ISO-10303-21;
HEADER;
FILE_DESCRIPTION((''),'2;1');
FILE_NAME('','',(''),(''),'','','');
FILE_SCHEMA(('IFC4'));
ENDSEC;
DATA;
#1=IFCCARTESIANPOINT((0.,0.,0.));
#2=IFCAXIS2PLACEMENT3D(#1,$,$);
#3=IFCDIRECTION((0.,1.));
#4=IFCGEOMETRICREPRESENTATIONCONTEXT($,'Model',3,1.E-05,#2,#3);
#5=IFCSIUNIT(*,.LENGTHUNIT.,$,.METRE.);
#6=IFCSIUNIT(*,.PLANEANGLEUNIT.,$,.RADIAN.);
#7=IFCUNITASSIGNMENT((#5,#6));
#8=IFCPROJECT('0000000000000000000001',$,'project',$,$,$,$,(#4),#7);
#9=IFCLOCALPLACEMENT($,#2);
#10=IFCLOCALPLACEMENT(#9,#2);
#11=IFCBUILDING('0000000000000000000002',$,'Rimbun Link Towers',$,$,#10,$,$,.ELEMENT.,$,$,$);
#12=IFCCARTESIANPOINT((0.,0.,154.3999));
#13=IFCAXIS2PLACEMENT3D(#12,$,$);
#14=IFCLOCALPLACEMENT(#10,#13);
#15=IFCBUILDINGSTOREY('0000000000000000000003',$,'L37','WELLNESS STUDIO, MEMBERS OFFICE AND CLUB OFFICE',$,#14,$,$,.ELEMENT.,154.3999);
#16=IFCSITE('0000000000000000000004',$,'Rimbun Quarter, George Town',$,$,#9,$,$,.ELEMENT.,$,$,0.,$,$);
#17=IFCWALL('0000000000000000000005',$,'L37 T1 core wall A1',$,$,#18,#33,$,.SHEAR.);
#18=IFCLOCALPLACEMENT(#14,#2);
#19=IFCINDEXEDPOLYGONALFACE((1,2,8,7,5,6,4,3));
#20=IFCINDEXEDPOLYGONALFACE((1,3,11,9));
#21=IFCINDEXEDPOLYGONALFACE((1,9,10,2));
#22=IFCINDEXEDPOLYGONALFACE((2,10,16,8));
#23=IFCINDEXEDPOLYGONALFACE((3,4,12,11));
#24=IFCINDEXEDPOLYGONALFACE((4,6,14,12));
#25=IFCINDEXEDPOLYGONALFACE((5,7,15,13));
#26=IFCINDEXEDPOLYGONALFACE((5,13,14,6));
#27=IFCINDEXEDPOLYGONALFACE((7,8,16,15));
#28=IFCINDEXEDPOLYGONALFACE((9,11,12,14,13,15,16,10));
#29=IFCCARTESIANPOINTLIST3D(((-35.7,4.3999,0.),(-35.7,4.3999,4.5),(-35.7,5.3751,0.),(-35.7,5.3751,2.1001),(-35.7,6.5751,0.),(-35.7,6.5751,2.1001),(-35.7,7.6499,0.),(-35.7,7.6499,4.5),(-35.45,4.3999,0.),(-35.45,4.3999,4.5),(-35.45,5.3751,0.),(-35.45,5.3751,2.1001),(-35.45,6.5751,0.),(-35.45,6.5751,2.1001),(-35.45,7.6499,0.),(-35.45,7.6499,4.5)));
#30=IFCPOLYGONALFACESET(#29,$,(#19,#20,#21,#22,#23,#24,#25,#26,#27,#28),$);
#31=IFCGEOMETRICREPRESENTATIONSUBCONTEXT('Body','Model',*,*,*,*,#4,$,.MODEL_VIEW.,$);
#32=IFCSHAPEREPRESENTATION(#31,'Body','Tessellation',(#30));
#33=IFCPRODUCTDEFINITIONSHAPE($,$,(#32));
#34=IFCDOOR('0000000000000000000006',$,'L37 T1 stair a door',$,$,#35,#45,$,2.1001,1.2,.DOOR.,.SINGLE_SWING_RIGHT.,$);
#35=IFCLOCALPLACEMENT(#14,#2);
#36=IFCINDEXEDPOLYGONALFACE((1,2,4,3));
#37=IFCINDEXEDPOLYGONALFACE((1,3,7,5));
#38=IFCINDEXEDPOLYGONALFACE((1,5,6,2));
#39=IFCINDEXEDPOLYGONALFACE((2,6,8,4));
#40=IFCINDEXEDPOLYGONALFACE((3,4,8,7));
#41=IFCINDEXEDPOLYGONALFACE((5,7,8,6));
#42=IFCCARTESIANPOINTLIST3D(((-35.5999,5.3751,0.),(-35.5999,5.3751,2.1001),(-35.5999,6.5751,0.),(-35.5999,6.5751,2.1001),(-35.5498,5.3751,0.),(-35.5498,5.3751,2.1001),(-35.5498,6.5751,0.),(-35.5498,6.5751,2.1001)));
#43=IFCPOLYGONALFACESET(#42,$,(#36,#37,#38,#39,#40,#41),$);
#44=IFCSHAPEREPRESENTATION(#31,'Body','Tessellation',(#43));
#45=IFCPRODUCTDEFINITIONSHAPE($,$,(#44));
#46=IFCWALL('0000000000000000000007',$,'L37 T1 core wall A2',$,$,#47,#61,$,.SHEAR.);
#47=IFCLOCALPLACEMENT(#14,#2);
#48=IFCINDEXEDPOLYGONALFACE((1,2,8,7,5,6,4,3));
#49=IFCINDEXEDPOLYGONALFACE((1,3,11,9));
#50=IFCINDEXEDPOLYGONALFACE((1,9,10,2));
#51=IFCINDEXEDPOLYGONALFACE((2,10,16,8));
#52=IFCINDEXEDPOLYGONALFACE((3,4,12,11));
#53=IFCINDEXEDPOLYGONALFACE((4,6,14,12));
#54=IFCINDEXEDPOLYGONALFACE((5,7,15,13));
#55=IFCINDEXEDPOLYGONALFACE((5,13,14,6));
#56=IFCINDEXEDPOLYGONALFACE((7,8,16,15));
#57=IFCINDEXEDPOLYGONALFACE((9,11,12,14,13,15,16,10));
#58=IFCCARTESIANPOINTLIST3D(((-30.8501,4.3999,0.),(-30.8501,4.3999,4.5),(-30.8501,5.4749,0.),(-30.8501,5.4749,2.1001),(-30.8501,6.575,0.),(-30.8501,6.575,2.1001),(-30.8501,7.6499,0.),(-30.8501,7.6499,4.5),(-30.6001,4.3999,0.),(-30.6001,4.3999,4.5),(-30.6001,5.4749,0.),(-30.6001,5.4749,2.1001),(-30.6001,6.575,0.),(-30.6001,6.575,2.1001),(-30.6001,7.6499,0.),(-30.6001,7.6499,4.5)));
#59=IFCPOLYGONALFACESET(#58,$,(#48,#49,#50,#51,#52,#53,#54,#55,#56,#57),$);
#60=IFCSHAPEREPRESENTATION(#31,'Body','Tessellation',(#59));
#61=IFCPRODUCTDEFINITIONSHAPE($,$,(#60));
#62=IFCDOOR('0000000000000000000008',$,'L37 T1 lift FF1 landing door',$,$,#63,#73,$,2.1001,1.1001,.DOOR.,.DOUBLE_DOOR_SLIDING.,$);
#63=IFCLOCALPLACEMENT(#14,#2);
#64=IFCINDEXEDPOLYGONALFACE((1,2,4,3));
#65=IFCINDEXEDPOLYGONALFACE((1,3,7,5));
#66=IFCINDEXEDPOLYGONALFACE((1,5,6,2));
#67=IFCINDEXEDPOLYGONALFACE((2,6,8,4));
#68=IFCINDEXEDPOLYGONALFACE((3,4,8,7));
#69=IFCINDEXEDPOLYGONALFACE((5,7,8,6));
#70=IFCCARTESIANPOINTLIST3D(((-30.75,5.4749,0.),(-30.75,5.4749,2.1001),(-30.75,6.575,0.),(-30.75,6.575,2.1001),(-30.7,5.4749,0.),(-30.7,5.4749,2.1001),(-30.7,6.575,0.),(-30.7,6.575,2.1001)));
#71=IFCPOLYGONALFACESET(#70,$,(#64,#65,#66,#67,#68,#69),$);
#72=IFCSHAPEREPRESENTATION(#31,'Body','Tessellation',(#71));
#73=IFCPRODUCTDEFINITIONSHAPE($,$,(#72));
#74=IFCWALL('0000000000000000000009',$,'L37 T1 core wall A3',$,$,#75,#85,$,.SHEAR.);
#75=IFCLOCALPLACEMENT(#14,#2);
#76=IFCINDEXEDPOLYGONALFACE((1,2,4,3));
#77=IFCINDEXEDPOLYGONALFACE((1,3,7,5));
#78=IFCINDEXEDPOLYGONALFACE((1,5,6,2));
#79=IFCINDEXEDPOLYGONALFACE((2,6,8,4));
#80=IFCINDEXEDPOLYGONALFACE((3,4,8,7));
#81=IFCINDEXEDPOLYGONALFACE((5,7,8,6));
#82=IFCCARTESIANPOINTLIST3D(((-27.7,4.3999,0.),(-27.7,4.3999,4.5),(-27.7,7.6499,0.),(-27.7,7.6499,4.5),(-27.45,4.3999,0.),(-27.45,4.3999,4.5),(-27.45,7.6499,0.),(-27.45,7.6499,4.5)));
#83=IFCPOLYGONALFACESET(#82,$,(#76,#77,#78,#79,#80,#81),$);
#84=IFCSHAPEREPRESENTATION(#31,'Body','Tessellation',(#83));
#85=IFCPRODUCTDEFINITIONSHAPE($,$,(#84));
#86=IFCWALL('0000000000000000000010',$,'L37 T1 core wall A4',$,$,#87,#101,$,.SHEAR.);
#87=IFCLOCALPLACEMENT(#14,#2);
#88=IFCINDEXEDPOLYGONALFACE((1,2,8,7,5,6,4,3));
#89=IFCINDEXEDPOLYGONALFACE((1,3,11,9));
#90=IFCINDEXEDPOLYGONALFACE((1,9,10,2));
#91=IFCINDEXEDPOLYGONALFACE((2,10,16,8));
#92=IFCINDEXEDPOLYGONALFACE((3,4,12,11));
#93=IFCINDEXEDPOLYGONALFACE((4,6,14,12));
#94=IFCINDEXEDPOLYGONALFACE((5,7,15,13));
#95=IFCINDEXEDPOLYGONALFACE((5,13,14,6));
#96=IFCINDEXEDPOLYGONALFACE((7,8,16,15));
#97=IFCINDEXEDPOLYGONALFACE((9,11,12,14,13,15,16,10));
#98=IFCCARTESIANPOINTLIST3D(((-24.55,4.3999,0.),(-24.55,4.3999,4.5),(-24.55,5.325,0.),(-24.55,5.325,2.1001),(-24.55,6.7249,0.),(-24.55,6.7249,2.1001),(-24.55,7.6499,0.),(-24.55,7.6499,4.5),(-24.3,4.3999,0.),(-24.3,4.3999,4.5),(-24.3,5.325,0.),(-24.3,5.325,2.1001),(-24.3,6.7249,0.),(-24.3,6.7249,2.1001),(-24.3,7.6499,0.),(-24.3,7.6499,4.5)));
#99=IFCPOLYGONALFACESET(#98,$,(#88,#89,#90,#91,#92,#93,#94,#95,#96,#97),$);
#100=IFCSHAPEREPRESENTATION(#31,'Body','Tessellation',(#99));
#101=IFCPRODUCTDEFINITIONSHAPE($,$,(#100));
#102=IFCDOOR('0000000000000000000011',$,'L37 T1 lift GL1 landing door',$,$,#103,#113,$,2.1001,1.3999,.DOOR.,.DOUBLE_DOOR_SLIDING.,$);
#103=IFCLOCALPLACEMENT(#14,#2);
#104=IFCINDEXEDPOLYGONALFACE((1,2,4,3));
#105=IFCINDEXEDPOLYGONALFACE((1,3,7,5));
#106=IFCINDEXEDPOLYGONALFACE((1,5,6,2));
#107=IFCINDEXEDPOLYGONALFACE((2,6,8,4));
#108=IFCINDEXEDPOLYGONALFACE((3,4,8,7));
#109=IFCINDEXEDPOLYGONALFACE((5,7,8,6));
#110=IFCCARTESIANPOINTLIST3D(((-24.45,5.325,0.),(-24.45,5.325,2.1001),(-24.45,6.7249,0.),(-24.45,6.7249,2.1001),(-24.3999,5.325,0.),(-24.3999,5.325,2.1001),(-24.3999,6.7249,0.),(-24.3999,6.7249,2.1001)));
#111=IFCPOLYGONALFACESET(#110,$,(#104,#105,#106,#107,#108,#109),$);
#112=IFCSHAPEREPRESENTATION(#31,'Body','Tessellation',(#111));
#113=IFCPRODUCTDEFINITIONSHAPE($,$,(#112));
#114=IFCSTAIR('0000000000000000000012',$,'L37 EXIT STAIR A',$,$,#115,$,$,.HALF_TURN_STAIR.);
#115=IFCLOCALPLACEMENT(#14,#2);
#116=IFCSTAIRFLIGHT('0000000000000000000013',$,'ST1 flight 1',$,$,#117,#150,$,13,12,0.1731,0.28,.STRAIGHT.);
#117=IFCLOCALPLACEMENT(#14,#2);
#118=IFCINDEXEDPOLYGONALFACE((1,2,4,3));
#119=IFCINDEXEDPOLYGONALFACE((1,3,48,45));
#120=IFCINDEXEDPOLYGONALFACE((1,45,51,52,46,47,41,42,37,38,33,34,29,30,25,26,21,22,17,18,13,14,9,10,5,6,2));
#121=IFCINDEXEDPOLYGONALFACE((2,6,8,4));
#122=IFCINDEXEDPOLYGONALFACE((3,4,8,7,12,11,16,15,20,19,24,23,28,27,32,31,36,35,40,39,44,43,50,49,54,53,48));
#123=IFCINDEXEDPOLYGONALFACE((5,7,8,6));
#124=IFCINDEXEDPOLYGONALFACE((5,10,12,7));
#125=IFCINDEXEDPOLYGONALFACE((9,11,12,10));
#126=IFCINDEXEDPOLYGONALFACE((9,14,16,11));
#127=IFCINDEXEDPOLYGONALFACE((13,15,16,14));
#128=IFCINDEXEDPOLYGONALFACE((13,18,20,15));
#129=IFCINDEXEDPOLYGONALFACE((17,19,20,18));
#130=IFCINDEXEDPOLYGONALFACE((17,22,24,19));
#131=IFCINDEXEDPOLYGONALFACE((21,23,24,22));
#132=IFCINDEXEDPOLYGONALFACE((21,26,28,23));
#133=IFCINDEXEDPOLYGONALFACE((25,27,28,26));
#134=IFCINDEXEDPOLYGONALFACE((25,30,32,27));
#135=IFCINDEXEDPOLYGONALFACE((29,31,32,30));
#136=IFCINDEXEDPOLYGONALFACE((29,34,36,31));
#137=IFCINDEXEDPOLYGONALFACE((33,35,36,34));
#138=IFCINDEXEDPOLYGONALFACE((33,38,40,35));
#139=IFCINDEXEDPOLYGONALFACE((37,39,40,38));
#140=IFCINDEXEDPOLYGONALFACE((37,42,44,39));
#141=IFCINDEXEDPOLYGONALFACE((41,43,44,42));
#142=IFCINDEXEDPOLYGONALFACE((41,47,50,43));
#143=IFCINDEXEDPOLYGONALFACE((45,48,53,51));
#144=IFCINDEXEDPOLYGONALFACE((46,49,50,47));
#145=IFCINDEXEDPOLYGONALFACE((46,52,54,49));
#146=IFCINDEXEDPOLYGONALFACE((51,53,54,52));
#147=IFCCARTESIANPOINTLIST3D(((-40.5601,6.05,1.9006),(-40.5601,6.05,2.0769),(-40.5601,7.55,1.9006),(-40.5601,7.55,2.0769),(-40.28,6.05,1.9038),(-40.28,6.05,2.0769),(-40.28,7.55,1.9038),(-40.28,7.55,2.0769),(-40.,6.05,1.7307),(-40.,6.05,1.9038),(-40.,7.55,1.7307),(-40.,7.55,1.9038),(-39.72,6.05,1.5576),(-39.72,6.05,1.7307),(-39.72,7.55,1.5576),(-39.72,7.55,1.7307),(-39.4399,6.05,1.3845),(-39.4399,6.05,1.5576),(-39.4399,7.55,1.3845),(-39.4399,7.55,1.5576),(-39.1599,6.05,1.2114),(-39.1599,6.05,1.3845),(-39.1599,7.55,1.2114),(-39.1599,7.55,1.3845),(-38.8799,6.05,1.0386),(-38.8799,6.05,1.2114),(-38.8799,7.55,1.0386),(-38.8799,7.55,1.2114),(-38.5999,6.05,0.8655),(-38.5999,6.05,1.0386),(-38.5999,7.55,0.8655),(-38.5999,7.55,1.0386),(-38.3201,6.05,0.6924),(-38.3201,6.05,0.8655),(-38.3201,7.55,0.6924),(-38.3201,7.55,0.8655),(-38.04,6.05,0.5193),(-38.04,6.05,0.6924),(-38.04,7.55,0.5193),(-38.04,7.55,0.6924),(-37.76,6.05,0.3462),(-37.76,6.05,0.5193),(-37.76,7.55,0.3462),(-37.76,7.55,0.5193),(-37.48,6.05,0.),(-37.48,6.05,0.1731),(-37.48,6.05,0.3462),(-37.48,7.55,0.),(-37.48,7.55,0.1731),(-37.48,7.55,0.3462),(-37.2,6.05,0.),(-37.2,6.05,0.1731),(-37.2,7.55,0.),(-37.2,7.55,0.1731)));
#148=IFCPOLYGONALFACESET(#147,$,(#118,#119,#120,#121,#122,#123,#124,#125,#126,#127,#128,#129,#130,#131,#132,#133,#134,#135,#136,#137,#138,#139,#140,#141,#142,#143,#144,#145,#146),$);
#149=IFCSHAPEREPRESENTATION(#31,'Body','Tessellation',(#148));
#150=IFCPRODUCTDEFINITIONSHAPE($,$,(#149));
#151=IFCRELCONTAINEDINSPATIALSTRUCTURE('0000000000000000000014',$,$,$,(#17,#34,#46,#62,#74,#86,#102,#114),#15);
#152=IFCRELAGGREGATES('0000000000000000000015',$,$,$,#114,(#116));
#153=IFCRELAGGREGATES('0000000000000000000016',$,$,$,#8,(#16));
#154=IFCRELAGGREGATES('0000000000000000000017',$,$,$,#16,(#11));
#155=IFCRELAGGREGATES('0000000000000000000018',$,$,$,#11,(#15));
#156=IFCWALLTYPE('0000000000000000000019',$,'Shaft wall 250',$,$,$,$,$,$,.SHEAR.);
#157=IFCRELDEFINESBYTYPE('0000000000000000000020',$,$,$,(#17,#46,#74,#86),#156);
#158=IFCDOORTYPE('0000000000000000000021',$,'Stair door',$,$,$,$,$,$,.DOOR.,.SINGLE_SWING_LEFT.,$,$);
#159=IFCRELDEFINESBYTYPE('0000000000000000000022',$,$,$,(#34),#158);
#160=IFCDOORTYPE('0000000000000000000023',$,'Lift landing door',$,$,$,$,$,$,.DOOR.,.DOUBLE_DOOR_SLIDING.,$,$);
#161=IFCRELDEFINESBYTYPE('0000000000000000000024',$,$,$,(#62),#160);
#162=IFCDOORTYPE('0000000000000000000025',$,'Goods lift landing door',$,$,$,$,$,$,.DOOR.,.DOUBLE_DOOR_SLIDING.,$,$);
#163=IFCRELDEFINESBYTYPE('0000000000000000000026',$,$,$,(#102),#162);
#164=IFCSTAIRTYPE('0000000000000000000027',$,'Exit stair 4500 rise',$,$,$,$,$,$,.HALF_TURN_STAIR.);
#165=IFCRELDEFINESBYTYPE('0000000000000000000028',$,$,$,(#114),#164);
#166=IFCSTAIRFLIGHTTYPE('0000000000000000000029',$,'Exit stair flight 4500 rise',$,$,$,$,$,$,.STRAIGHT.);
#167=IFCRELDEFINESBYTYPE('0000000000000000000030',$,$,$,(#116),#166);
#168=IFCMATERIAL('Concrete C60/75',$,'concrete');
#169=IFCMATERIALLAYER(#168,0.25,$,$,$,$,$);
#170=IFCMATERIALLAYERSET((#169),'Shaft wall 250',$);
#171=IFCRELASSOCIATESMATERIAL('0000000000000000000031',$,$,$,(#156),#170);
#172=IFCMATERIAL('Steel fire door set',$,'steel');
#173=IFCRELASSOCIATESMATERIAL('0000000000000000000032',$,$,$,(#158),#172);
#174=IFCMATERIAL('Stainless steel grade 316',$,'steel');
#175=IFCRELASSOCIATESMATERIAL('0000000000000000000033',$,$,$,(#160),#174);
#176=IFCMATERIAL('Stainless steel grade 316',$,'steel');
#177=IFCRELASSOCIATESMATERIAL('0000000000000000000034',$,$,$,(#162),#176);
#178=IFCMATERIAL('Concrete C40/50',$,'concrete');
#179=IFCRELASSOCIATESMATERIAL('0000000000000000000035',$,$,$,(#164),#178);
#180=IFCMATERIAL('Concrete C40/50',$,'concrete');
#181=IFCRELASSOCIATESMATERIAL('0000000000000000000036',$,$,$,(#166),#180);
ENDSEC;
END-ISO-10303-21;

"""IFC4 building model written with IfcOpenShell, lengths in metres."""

from ifc_helpers import new_model, si_unit, direction, frame, frame_2d, origin, place, context, subcontext, project, spatial, polyline, rectangle, outline, extrude, material, layer, layer_set, type_object, element, fill, aggregate, save


model = new_model("IFC4")

# Units and contexts
model_context = context("Model", 3, precision=1e-05, world=origin(), true_north=direction((0.0, 1.0)))
body_context = subcontext(model_context, "Body", "Model", "MODEL_VIEW")
ifc_project = project(units=[si_unit("LENGTHUNIT", "METRE"), si_unit("PLANEANGLEUNIT", "RADIAN")], contexts=[model_context])

# Site, building, storey
site_placement = place(None, origin())
site = spatial("IfcSite", under=ifc_project, at=site_placement, Name="Rimbun Quarter, George Town", CompositionType="ELEMENT", RefElevation=0.0)
building_placement = place(site_placement, origin())
building = spatial("IfcBuilding", under=site, at=building_placement, Name="Rimbun Link Towers", CompositionType="ELEMENT")
storey_placement = place(building_placement, frame((0.0, 0.0, 154.3999)))
storey = spatial("IfcBuildingStorey", under=building, at=storey_placement, Name="L37", Description="WELLNESS STUDIO, MEMBERS OFFICE AND CLUB OFFICE", CompositionType="ELEMENT", Elevation=154.3999)

# Shared definitions
ifc_material_1 = material(Name="Concrete C60/75", Category="concrete")
ifc_layer = layer(ifc_material_1, 0.25)
ifc_layer_set = layer_set([ifc_layer], Name="Shaft wall 250")
wall_type = type_object("IfcWallType", Name="Shaft wall 250", PredefinedType="SHEAR", material=ifc_layer_set)

# Walls, openings, doors
wall_1_placement = place(storey_placement, frame((-35.575, 4.3999, 0.0), z_axis=(0.0, 0.0, 1.0), x_axis=(0.0, 1.0, 0.0)))
wall_1 = element("IfcWall", 1, at=wall_1_placement, inside=storey, type_object=wall_type, Name="L37 T1 core wall A1", PredefinedType="SHEAR", context=body_context, shape_type="SweptSolid", body=[
    extrude(rectangle(XDim=3.25, YDim=0.25, at=frame_2d((1.625, 0.0))), origin(), (0.0, 0.0, 1.0), 4.5),
])
opening_1_placement = place(wall_1_placement, frame((0.9751, 0.0, 0.0)))
opening_1 = element("IfcOpeningElement", 2, at=opening_1_placement, cuts=wall_1, PredefinedType="OPENING", context=body_context, shape_type="SweptSolid", body=[
    extrude(rectangle(XDim=1.2, YDim=2.1001, at=frame_2d((0.6001, 1.05))), frame((0.0, 0.135, 0.0), z_axis=(0.0, -1.0, 0.0), x_axis=(1.0, 0.0, 0.0)), (0.0, 0.0, 1.0), 0.27),
])
ifc_material_2 = material(Name="Steel fire door set", Category="steel")
door_type_1 = type_object("IfcDoorType", Name="Stair door", OperationType="SINGLE_SWING_LEFT", PredefinedType="DOOR", material=ifc_material_2)
door_1_placement = place(opening_1_placement, origin())
door_1 = element("IfcDoor", 3, at=door_1_placement, inside=storey, type_object=door_type_1, Name="L37 T1 stair a door", OperationType="SINGLE_SWING_RIGHT", OverallHeight=2.1001, OverallWidth=1.2, PredefinedType="DOOR", context=body_context, shape_type="SweptSolid", body=[
    extrude(rectangle(XDim=1.2, YDim=2.1001, at=frame_2d((0.6001, 1.05))), frame((0.0, 0.0249, 0.0), z_axis=(0.0, -1.0, 0.0), x_axis=(1.0, 0.0, 0.0)), (0.0, 0.0, 1.0), 0.05),
])
fill(opening_1, door_1)
wall_2_placement = place(storey_placement, frame((-30.7251, 4.3999, 0.0), z_axis=(0.0, 0.0, 1.0), x_axis=(0.0, 1.0, 0.0)))
wall_2 = element("IfcWall", 4, at=wall_2_placement, inside=storey, type_object=wall_type, Name="L37 T1 core wall A2", PredefinedType="SHEAR", context=body_context, shape_type="SweptSolid", body=[
    extrude(rectangle(XDim=3.25, YDim=0.25, at=frame_2d((1.625, 0.0))), origin(), (0.0, 0.0, 1.0), 4.5),
])
opening_2_placement = place(wall_2_placement, frame((1.075, 0.0, 0.0)))
opening_2 = element("IfcOpeningElement", 5, at=opening_2_placement, cuts=wall_2, PredefinedType="OPENING", context=body_context, shape_type="SweptSolid", body=[
    extrude(rectangle(XDim=1.1001, YDim=2.1001, at=frame_2d((0.55, 1.05))), frame((0.0, 0.135, 0.0), z_axis=(0.0, -1.0, 0.0), x_axis=(1.0, 0.0, 0.0)), (0.0, 0.0, 1.0), 0.27),
])
ifc_material_3 = material(Name="Stainless steel grade 316", Category="steel")
door_type_2 = type_object("IfcDoorType", Name="Lift landing door", OperationType="DOUBLE_DOOR_SLIDING", PredefinedType="DOOR", material=ifc_material_3)
door_2_placement = place(opening_2_placement, origin())
door_2 = element("IfcDoor", 6, at=door_2_placement, inside=storey, type_object=door_type_2, Name="L37 T1 lift FF1 landing door", OperationType="DOUBLE_DOOR_SLIDING", OverallHeight=2.1001, OverallWidth=1.1001, PredefinedType="DOOR", context=body_context, shape_type="SweptSolid", body=[
    extrude(rectangle(XDim=1.1001, YDim=2.1001, at=frame_2d((0.55, 1.05))), frame((0.0, 0.0249, 0.0), z_axis=(0.0, -1.0, 0.0), x_axis=(1.0, 0.0, 0.0)), (0.0, 0.0, 1.0), 0.05),
])
fill(opening_2, door_2)

# Wall
wall_3_placement = place(storey_placement, frame((-27.575, 4.3999, 0.0), z_axis=(0.0, 0.0, 1.0), x_axis=(0.0, 1.0, 0.0)))
element("IfcWall", 7, at=wall_3_placement, inside=storey, type_object=wall_type, Name="L37 T1 core wall A3", PredefinedType="SHEAR", context=body_context, shape_type="SweptSolid", body=[
    extrude(rectangle(XDim=3.25, YDim=0.25, at=frame_2d((1.625, 0.0))), origin(), (0.0, 0.0, 1.0), 4.5),
])

# Wall, opening, door
wall_4_placement = place(storey_placement, frame((-24.425, 4.3999, 0.0), z_axis=(0.0, 0.0, 1.0), x_axis=(0.0, 1.0, 0.0)))
wall_4 = element("IfcWall", 8, at=wall_4_placement, inside=storey, type_object=wall_type, Name="L37 T1 core wall A4", PredefinedType="SHEAR", context=body_context, shape_type="SweptSolid", body=[
    extrude(rectangle(XDim=3.25, YDim=0.25, at=frame_2d((1.625, 0.0))), origin(), (0.0, 0.0, 1.0), 4.5),
])
opening_3_placement = place(wall_4_placement, frame((0.925, 0.0, 0.0)))
opening_3 = element("IfcOpeningElement", 9, at=opening_3_placement, cuts=wall_4, PredefinedType="OPENING", context=body_context, shape_type="SweptSolid", body=[
    extrude(rectangle(XDim=1.3999, YDim=2.1001, at=frame_2d((0.7, 1.05))), frame((0.0, 0.135, 0.0), z_axis=(0.0, -1.0, 0.0), x_axis=(1.0, 0.0, 0.0)), (0.0, 0.0, 1.0), 0.27),
])
ifc_material_4 = material(Name="Stainless steel grade 316", Category="steel")
door_type_3 = type_object("IfcDoorType", Name="Goods lift landing door", OperationType="DOUBLE_DOOR_SLIDING", PredefinedType="DOOR", material=ifc_material_4)
door_3_placement = place(opening_3_placement, origin())
door_3 = element("IfcDoor", 10, at=door_3_placement, inside=storey, type_object=door_type_3, Name="L37 T1 lift GL1 landing door", OperationType="DOUBLE_DOOR_SLIDING", OverallHeight=2.1001, OverallWidth=1.3999, PredefinedType="DOOR", context=body_context, shape_type="SweptSolid", body=[
    extrude(rectangle(XDim=1.3999, YDim=2.1001, at=frame_2d((0.7, 1.05))), frame((0.0, 0.0249, 0.0), z_axis=(0.0, -1.0, 0.0), x_axis=(1.0, 0.0, 0.0)), (0.0, 0.0, 1.0), 0.05),
])
fill(opening_3, door_3)

# Stair, stair flight
ifc_material_5 = material(Name="Concrete C40/50", Category="concrete")
stair_type = type_object("IfcStairType", Name="Exit stair 4500 rise", PredefinedType="HALF_TURN_STAIR", material=ifc_material_5)
stair_placement = place(storey_placement, origin())
stair = element("IfcStair", 11, at=stair_placement, inside=storey, type_object=stair_type, Name="L37 EXIT STAIR A", PredefinedType="HALF_TURN_STAIR")
ifc_material_6 = material(Name="Concrete C40/50", Category="concrete")
stair_flight_type = type_object("IfcStairFlightType", Name="Exit stair flight 4500 rise", PredefinedType="STRAIGHT", material=ifc_material_6)
stair_flight_placement = place(storey_placement, frame((-37.2, 6.8, 0.0), z_axis=(0.0, 0.0, 1.0), x_axis=(-1.0, 0.0, 0.0)))
stair_flight = element("IfcStairFlight", 12, at=stair_flight_placement, type_object=stair_flight_type, Name="ST1 flight 1", NumberOfRisers=13, NumberOfTreads=12, PredefinedType="STRAIGHT", RiserHeight=0.1731, TreadLength=0.28, context=body_context, shape_type="SweptSolid", body=[
    extrude(outline(polyline([(0.0, 0.0), (0.0, 0.1731), (0.28, 0.1731), (0.28, 0.3462), (0.5601, 0.3462), (0.5601, 0.5193), (0.8401, 0.5193), (0.8401, 0.6924), (1.1201, 0.6924), (1.1201, 0.8655), (1.3999, 0.8655), (1.3999, 1.0386), (1.6799, 1.0386), (1.6799, 1.2114), (1.96, 1.2114), (1.96, 1.3845), (2.24, 1.3845), (2.24, 1.5576), (2.52, 1.5576), (2.52, 1.7307), (2.8, 1.7307), (2.8, 1.9038), (3.0801, 1.9038), (3.0801, 2.0769), (3.3601, 2.0769), (3.3601, 2.25), (3.3601, 1.9006), (0.28, 0.0), (0.0, 0.0)])), frame((0.0, 0.75, 0.0), z_axis=(0.0, -1.0, 0.0), x_axis=(1.0, 0.0, 0.0)), (0.0, 0.0, 1.0), 1.5),
])
aggregate(stair, [stair_flight])

save(model, "model.ifc")
